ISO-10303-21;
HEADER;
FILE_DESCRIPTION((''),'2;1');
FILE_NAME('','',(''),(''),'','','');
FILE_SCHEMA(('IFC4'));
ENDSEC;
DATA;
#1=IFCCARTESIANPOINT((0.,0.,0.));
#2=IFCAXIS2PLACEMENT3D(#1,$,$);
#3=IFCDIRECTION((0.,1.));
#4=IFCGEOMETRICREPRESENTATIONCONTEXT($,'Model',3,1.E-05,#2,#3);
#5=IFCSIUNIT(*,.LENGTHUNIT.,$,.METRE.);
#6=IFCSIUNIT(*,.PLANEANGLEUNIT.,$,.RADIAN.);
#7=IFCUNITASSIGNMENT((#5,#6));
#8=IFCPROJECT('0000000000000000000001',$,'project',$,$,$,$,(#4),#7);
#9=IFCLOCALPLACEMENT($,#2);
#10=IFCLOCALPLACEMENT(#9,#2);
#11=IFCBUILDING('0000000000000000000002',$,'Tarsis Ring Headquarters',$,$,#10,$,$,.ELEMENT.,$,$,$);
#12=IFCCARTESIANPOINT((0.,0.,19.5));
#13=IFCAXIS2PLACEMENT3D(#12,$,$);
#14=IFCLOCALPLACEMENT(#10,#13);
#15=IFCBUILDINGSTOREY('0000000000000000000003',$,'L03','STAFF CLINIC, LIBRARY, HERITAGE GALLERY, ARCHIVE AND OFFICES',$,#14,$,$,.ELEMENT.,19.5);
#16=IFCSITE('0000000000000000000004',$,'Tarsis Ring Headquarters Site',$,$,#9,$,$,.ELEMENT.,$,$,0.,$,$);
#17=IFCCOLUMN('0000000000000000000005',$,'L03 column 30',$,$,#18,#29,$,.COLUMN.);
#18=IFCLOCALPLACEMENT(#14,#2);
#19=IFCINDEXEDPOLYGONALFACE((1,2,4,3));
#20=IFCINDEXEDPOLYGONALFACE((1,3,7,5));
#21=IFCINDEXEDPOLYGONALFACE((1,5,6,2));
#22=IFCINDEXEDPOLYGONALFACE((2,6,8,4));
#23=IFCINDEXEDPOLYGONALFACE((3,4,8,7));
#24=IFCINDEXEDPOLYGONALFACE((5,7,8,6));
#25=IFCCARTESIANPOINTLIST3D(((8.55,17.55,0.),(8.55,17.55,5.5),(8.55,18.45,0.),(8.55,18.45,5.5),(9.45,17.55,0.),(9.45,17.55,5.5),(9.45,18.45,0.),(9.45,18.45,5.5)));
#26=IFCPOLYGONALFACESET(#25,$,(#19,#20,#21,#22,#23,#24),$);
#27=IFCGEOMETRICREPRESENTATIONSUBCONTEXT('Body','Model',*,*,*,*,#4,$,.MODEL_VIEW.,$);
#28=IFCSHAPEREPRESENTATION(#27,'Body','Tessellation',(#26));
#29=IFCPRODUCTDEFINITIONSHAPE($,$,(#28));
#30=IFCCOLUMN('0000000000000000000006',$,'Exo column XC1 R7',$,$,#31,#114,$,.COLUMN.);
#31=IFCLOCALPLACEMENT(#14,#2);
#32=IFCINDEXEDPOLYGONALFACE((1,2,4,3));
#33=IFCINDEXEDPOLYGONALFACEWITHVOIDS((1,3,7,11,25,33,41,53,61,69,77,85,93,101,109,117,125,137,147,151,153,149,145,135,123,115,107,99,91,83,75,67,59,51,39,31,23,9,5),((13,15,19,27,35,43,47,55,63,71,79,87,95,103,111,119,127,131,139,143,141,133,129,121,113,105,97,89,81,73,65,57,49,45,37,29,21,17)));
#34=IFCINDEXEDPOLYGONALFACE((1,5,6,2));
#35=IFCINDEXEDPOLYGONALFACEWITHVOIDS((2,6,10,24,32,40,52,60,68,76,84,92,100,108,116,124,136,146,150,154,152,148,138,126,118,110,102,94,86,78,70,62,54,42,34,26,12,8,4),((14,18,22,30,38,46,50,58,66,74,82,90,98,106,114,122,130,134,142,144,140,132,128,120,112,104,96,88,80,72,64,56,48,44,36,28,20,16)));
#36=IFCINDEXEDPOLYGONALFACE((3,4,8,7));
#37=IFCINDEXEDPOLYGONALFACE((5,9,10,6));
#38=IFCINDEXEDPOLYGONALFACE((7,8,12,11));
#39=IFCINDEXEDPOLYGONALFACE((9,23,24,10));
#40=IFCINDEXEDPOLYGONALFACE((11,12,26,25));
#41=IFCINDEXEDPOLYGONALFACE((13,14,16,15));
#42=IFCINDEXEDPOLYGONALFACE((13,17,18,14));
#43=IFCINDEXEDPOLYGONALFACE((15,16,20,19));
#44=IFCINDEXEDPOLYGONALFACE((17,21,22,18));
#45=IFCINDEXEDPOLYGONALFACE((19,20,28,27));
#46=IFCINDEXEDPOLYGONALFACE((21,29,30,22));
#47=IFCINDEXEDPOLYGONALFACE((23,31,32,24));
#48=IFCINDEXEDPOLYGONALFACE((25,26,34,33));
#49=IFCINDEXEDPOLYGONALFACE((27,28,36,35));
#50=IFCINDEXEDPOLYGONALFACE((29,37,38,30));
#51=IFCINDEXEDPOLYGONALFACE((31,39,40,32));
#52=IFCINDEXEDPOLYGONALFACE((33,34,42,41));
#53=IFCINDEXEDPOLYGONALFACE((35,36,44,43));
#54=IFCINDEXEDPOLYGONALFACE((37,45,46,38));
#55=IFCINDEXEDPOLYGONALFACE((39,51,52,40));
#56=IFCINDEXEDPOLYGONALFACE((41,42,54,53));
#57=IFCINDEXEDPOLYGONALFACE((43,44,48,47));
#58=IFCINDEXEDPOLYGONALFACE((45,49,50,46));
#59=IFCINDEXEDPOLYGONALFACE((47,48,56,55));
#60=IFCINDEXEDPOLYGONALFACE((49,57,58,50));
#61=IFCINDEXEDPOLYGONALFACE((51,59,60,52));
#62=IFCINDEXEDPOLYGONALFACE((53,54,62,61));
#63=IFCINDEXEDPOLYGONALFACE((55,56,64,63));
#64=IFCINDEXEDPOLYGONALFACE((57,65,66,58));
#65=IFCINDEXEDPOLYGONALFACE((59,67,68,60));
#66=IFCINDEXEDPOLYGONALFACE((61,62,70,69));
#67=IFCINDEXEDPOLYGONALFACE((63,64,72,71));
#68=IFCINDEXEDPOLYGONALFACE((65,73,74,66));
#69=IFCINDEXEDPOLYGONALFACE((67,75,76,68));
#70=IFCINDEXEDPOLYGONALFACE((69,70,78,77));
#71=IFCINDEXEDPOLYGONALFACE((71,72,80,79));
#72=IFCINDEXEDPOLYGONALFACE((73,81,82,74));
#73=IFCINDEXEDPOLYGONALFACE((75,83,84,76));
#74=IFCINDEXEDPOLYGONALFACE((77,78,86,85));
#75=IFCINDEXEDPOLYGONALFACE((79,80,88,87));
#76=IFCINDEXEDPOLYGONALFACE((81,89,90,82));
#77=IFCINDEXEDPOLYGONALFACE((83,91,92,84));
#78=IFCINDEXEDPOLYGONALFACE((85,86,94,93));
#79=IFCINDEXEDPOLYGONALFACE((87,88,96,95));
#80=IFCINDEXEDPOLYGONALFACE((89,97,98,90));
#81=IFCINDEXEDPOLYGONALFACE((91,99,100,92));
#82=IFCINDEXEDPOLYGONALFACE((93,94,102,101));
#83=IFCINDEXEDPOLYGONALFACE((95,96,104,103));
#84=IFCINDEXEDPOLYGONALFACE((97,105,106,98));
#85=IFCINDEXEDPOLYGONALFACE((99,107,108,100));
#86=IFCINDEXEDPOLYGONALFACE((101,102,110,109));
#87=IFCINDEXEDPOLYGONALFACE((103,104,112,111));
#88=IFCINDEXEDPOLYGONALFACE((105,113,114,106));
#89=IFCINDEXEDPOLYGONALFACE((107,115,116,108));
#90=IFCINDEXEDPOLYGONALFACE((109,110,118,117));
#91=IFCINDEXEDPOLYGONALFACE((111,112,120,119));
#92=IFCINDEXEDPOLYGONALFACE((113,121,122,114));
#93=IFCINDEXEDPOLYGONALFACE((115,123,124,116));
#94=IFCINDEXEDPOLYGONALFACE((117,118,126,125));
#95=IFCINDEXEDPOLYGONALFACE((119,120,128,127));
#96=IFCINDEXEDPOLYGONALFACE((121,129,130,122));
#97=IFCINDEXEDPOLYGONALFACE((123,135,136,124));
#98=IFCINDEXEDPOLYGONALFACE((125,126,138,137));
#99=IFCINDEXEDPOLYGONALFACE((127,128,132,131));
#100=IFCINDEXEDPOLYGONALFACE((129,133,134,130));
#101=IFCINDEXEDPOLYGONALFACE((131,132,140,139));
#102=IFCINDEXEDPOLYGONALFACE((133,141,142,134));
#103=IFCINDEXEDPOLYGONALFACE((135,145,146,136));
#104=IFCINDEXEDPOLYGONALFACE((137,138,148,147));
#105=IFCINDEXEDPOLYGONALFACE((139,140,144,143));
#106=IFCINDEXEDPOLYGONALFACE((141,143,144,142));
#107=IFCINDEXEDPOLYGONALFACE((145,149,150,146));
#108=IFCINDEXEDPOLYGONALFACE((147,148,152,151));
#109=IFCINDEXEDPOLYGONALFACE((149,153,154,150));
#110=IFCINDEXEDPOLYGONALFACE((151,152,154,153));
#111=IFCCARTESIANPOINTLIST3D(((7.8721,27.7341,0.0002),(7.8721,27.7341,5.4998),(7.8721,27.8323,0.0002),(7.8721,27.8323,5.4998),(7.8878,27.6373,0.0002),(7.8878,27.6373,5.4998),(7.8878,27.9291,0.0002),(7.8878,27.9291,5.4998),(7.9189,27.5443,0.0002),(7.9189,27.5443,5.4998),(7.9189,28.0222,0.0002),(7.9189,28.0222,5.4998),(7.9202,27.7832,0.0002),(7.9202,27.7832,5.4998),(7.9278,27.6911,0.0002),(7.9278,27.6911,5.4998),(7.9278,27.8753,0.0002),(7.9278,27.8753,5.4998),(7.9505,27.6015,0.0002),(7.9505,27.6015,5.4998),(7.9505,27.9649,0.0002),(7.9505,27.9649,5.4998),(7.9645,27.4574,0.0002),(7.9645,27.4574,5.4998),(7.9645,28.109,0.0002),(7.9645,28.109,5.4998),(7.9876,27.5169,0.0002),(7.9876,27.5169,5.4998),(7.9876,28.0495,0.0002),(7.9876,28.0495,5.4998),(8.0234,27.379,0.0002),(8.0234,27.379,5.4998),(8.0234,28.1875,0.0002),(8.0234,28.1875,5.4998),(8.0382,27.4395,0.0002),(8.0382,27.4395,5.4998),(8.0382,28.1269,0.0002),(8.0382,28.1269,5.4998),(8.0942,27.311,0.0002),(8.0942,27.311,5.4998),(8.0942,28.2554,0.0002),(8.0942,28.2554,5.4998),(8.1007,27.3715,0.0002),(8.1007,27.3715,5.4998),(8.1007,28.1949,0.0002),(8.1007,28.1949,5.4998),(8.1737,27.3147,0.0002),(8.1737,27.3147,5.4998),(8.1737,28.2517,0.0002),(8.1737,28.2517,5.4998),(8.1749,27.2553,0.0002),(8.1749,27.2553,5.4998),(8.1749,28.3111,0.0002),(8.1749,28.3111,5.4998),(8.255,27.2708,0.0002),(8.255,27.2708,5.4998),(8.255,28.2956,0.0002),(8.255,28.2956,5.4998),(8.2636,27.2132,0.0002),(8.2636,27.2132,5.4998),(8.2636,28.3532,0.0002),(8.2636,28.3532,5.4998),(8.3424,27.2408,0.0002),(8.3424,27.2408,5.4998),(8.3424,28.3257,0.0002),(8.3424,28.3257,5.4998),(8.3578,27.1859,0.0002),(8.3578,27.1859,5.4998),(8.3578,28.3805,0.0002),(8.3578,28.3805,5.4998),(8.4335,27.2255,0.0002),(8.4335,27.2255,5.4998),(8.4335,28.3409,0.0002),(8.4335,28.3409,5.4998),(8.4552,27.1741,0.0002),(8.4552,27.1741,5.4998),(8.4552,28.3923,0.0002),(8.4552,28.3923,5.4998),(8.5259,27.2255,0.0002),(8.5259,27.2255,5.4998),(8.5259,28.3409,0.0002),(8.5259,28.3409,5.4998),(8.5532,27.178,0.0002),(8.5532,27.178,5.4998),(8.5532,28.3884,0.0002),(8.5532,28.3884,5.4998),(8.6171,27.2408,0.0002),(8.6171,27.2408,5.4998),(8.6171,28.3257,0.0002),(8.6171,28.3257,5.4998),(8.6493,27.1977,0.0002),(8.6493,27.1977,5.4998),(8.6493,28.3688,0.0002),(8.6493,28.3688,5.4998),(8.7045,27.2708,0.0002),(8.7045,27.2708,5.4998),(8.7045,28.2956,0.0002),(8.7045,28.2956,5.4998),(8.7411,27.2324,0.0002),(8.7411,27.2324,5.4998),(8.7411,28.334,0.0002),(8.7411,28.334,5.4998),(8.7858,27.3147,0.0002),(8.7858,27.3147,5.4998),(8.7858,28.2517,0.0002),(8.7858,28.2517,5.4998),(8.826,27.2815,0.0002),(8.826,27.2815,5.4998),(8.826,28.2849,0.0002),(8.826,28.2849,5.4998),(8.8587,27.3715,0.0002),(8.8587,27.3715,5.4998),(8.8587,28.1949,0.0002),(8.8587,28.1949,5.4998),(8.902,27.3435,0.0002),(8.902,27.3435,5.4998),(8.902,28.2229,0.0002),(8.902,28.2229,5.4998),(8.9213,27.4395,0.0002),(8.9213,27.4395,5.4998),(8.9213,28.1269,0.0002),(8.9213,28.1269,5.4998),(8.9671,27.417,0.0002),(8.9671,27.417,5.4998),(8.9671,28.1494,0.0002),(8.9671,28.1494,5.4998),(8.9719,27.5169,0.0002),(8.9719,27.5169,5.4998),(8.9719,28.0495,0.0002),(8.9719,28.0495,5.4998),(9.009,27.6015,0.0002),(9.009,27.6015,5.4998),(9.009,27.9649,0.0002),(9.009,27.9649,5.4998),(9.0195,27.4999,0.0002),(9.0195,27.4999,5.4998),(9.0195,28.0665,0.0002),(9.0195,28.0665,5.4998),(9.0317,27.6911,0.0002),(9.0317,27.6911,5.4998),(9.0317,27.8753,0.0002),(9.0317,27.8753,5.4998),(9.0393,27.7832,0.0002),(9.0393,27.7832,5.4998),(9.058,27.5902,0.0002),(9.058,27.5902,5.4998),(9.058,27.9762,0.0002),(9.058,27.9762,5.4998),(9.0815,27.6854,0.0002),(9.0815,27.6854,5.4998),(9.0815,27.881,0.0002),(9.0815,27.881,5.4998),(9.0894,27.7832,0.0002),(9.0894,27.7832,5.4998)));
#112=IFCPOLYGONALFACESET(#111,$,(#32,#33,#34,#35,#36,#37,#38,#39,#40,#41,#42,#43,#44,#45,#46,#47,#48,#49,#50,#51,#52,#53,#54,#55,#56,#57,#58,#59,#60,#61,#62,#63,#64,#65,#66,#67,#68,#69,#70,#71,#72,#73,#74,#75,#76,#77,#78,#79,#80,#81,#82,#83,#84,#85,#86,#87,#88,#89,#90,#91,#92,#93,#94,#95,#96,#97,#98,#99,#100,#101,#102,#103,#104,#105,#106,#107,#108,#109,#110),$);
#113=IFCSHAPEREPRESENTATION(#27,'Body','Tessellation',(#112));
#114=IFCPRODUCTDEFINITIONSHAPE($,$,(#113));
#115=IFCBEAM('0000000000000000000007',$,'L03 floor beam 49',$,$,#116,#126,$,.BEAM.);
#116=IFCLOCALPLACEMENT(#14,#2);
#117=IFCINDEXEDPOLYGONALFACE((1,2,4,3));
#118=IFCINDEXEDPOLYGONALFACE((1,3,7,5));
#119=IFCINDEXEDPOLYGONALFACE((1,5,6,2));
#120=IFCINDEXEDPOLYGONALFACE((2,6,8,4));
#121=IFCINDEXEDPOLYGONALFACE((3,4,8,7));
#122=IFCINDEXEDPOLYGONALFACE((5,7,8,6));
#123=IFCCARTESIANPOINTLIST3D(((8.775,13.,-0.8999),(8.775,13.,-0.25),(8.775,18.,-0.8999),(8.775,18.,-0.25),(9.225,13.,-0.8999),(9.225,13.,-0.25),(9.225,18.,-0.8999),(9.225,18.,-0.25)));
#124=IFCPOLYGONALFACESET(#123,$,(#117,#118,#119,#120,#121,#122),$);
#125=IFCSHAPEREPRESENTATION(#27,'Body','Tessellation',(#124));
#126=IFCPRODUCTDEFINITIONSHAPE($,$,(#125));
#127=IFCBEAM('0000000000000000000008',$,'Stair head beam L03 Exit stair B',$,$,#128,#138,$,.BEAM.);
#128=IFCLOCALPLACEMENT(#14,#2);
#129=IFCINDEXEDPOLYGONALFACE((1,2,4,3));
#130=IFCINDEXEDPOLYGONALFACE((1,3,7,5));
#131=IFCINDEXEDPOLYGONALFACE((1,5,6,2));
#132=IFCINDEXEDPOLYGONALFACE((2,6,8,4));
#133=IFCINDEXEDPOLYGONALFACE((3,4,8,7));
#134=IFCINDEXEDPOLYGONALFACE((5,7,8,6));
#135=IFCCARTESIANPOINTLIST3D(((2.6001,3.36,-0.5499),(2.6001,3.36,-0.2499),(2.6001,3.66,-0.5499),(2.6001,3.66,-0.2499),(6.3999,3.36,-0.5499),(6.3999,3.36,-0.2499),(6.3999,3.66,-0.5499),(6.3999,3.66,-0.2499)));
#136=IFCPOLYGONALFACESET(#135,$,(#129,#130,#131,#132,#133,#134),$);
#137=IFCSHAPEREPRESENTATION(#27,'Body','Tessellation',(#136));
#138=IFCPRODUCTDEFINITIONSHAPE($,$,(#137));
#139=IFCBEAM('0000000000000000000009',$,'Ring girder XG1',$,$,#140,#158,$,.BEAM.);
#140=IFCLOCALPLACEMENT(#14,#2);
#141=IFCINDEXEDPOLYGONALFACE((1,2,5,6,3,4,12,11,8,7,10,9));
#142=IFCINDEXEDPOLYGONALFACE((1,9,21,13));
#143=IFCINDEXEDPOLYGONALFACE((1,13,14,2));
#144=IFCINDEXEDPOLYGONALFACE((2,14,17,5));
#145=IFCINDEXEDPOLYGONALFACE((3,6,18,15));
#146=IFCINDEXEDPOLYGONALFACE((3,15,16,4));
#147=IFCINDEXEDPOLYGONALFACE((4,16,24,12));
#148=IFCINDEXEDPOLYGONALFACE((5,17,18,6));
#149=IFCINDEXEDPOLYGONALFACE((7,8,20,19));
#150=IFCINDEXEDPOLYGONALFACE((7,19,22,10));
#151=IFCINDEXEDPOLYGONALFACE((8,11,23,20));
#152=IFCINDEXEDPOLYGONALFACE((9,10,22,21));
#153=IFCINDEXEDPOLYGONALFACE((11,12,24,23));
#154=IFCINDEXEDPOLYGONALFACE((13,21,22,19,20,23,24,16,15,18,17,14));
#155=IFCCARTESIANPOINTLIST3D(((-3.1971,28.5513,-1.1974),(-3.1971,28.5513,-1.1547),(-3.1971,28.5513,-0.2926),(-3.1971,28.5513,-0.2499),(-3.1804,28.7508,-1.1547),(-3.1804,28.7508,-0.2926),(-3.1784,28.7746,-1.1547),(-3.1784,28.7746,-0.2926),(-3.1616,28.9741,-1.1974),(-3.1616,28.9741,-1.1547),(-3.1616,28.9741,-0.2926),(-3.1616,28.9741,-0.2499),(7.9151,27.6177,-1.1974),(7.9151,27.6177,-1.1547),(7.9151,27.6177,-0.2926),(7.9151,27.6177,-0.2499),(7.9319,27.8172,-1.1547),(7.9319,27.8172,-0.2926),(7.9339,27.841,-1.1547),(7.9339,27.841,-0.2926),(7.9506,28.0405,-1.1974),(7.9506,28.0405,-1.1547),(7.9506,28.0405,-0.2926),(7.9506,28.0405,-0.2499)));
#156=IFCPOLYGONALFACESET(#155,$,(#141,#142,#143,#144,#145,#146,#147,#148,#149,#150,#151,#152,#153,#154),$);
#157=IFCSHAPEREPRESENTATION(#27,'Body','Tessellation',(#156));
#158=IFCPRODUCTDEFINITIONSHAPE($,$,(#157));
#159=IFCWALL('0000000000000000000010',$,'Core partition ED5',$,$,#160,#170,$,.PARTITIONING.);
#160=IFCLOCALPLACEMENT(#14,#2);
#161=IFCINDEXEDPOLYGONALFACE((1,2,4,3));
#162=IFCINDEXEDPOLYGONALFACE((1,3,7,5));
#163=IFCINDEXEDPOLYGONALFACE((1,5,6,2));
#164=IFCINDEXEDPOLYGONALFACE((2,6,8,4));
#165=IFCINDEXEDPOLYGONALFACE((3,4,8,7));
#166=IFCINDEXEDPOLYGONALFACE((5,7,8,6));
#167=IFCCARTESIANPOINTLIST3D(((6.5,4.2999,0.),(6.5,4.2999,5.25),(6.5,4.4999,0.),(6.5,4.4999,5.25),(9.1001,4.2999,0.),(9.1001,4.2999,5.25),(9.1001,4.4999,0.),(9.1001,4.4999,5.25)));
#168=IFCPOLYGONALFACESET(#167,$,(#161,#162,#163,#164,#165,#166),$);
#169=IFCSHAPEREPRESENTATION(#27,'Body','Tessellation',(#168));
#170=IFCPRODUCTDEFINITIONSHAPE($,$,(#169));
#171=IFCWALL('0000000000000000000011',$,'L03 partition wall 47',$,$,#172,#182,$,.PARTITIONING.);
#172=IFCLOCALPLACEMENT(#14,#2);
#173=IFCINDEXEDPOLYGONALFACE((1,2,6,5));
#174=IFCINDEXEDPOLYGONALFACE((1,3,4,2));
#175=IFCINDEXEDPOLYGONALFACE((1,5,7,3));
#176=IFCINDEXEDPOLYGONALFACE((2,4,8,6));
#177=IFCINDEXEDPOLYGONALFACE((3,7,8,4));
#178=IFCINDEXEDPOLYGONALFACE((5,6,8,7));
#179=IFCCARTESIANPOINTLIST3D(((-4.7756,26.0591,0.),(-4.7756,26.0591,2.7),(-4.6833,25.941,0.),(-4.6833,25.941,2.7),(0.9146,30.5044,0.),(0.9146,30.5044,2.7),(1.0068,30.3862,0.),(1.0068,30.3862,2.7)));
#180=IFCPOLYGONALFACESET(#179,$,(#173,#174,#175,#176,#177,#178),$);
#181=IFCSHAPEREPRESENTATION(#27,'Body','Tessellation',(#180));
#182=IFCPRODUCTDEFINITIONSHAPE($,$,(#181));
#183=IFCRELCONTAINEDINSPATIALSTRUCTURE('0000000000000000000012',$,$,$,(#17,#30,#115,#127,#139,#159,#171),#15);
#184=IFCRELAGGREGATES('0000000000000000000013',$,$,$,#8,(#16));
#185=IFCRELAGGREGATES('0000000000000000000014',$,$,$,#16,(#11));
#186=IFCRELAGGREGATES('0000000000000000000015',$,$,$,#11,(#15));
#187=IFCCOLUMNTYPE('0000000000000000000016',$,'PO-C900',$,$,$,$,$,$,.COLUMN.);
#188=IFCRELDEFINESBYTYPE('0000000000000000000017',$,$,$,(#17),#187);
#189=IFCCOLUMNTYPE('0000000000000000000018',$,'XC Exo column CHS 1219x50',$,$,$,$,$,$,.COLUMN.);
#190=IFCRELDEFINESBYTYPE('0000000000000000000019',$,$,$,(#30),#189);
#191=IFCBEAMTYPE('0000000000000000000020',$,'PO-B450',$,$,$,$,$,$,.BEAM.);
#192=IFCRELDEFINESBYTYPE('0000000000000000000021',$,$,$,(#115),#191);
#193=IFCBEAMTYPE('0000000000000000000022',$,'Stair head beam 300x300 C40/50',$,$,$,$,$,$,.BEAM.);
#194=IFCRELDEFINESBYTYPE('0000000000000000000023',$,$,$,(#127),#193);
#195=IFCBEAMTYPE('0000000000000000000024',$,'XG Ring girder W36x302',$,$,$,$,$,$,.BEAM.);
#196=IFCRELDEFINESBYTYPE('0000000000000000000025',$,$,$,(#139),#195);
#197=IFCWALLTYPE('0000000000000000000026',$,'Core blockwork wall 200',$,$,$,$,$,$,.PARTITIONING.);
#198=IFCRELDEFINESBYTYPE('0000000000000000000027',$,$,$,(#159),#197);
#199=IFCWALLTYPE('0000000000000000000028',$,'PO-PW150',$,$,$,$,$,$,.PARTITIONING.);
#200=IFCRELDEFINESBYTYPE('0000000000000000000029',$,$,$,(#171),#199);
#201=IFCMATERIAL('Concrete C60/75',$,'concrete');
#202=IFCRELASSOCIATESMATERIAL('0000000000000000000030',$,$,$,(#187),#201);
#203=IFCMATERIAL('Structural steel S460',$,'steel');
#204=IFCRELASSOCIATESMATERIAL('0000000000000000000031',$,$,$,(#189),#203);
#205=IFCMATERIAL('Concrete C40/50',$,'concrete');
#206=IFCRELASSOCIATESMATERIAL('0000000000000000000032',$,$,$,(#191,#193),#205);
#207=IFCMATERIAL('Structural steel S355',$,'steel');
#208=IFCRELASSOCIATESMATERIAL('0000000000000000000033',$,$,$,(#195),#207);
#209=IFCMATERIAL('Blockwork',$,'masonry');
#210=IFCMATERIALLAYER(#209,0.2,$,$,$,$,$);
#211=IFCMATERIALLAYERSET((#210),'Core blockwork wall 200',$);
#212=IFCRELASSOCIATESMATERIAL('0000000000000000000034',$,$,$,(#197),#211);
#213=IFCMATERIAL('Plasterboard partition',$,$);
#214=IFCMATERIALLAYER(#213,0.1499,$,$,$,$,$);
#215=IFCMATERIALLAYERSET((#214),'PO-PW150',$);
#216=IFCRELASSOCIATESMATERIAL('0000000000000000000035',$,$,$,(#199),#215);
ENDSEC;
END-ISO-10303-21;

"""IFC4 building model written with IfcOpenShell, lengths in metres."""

from ifc_helpers import new_model, si_unit, direction, frame, frame_2d, origin, origin_2d, place, context, subcontext, project, spatial, rectangle, hollow_circle, i_section, extrude, material, layer, layer_set, material_profile, profile_set, type_object, element, save


model = new_model("IFC4")

# Units and contexts
model_context = context("Model", 3, precision=1e-05, world=origin(), true_north=direction((0.0, 1.0)))
body_context = subcontext(model_context, "Body", "Model", "MODEL_VIEW")
ifc_project = project(units=[si_unit("LENGTHUNIT", "METRE"), si_unit("PLANEANGLEUNIT", "RADIAN")], contexts=[model_context])

# Site, building, storey
site_placement = place(None, origin())
site = spatial("IfcSite", under=ifc_project, at=site_placement, Name="Tarsis Ring Headquarters Site", CompositionType="ELEMENT", RefElevation=0.0)
building_placement = place(site_placement, origin())
building = spatial("IfcBuilding", under=site, at=building_placement, Name="Tarsis Ring Headquarters", CompositionType="ELEMENT")
storey_placement = place(building_placement, frame((0.0, 0.0, 19.5)))
storey = spatial("IfcBuildingStorey", under=building, at=storey_placement, Name="L03", Description="STAFF CLINIC, LIBRARY, HERITAGE GALLERY, ARCHIVE AND OFFICES", CompositionType="ELEMENT", Elevation=19.5)

# Columns
ifc_material_1 = material(Name="Concrete C60/75", Category="concrete")
ifc_material_profile_1 = material_profile(ifc_material_1, rectangle(XDim=0.8999, YDim=0.8999, at=origin_2d()), Name="PO-C900")
ifc_profile_set_1 = profile_set([ifc_material_profile_1], Name="Concrete C60/75")
column_type_1 = type_object("IfcColumnType", Name="PO-C900", PredefinedType="COLUMN", material=ifc_profile_set_1)
column_1_placement = place(storey_placement, frame((9.0, 18.0, 0.0), z_axis=(0.0, 0.0, 1.0), x_axis=(1.0, 0.0, 0.0)))
element("IfcColumn", 1, at=column_1_placement, inside=storey, type_object=column_type_1, Name="L03 column 30", PredefinedType="COLUMN", context=body_context, shape_type="SweptSolid", body=[
    extrude(rectangle(XDim=0.8999, YDim=0.8999, at=origin_2d()), origin(), (0.0, 0.0, 1.0), 5.5),
])
ifc_material_2 = material(Name="Structural steel S460", Category="steel")
ifc_material_profile_2 = material_profile(ifc_material_2, hollow_circle(Radius=0.6096, WallThickness=0.05, at=origin_2d()), Name="CHS 1219x50")
ifc_profile_set_2 = profile_set([ifc_material_profile_2], Name="Structural steel S460")
column_type_2 = type_object("IfcColumnType", Name="XC Exo column CHS 1219x50", PredefinedType="COLUMN", material=ifc_profile_set_2)
column_2_placement = place(storey_placement, frame((8.4797, 27.7832, 0.0002), z_axis=(0.0, 0.0, 1.0), x_axis=(1.0, 0.0, 0.0)))
element("IfcColumn", 2, at=column_2_placement, inside=storey, type_object=column_type_2, Name="Exo column XC1 R7", PredefinedType="COLUMN", context=body_context, shape_type="SweptSolid", body=[
    extrude(hollow_circle(Radius=0.6096, WallThickness=0.05, at=origin_2d()), origin(), (0.0, 0.0, 1.0), 5.4995),
])

# Beams
ifc_material_3 = material(Name="Concrete C40/50", Category="concrete")
ifc_material_profile_3 = material_profile(ifc_material_3, rectangle(XDim=0.45, YDim=0.6499, at=origin_2d()), Name="PO-B450")
ifc_profile_set_3 = profile_set([ifc_material_profile_3], Name="Concrete C40/50")
beam_type_1 = type_object("IfcBeamType", Name="PO-B450", PredefinedType="BEAM", material=ifc_profile_set_3)
beam_1_placement = place(storey_placement, frame((9.0, 13.0, -0.575), z_axis=(0.0, 1.0, 0.0), x_axis=(-1.0, 0.0, 0.0)))
element("IfcBeam", 3, at=beam_1_placement, inside=storey, type_object=beam_type_1, Name="L03 floor beam 49", PredefinedType="BEAM", context=body_context, shape_type="SweptSolid", body=[
    extrude(rectangle(XDim=0.45, YDim=0.6499, at=origin_2d()), origin(), (0.0, 0.0, 1.0), 5.0),
])
ifc_material_profile_4 = material_profile(ifc_material_3, rectangle(XDim=0.3, YDim=0.3, at=origin_2d()), Name="Stair head beam 300x300 C40/50")
ifc_profile_set_4 = profile_set([ifc_material_profile_4], Name="Concrete C40/50")
beam_type_2 = type_object("IfcBeamType", Name="Stair head beam 300x300 C40/50", PredefinedType="BEAM", material=ifc_profile_set_4)
beam_2_placement = place(storey_placement, frame((2.6001, 3.51, -0.3999), z_axis=(1.0, 0.0, 0.0), x_axis=(0.0, 1.0, 0.0)))
element("IfcBeam", 4, at=beam_2_placement, inside=storey, type_object=beam_type_2, Name="Stair head beam L03 Exit stair B", PredefinedType="BEAM", context=body_context, shape_type="SweptSolid", body=[
    extrude(rectangle(XDim=0.3, YDim=0.3, at=origin_2d()), origin(), (0.0, 0.0, 1.0), 3.7998),
])
ifc_material_4 = material(Name="Structural steel S355", Category="steel")
ifc_material_profile_5 = material_profile(ifc_material_4, i_section(OverallWidth=0.4243, OverallDepth=0.9475, WebThickness=0.0239, FlangeThickness=0.0427, at=origin_2d()), Name="W36x302")
ifc_profile_set_5 = profile_set([ifc_material_profile_5], Name="Structural steel S355")
beam_type_3 = type_object("IfcBeamType", Name="XG Ring girder W36x302", PredefinedType="BEAM", material=ifc_profile_set_5)
beam_3_placement = place(storey_placement, frame((7.9329, 27.8291, -0.7236), z_axis=(-0.996489, 0.083719, 0.0), x_axis=(-0.083719, -0.996489, 0.0)))
element("IfcBeam", 5, at=beam_3_placement, inside=storey, type_object=beam_type_3, Name="Ring girder XG1", PredefinedType="BEAM", context=body_context, shape_type="SweptSolid", body=[
    extrude(i_section(OverallWidth=0.4243, OverallDepth=0.9475, WebThickness=0.0239, FlangeThickness=0.0427, at=origin_2d()), origin(), (0.0, 0.0, 1.0), 11.1514),
])

# Walls
ifc_material_5 = material(Name="Blockwork", Category="masonry")
ifc_layer_1 = layer(ifc_material_5, 0.2)
ifc_layer_set_1 = layer_set([ifc_layer_1], Name="Core blockwork wall 200")
wall_type_1 = type_object("IfcWallType", Name="Core blockwork wall 200", PredefinedType="PARTITIONING", material=ifc_layer_set_1)
wall_1_placement = place(storey_placement, frame((6.5, 4.3999, 0.0), z_axis=(0.0, 0.0, 1.0), x_axis=(1.0, 0.0, 0.0)))
element("IfcWall", 6, at=wall_1_placement, inside=storey, type_object=wall_type_1, Name="Core partition ED5", PredefinedType="PARTITIONING", context=body_context, shape_type="SweptSolid", body=[
    extrude(rectangle(XDim=2.6001, YDim=0.2, at=frame_2d((1.3, 0.0))), origin(), (0.0, 0.0, 1.0), 5.25),
])
ifc_material_6 = material(Name="Plasterboard partition")
ifc_layer_2 = layer(ifc_material_6, 0.1499)
ifc_layer_set_2 = layer_set([ifc_layer_2], Name="PO-PW150")
wall_type_2 = type_object("IfcWallType", Name="PO-PW150", PredefinedType="PARTITIONING", material=ifc_layer_set_2)
wall_2_placement = place(storey_placement, frame((0.9607, 30.4453, 0.0), z_axis=(0.0, 0.0, 1.0), x_axis=(-0.788034, -0.615632, 0.0)))
element("IfcWall", 7, at=wall_2_placement, inside=storey, type_object=wall_type_2, Name="L03 partition wall 47", PredefinedType="PARTITIONING", context=body_context, shape_type="SweptSolid", body=[
    extrude(rectangle(XDim=7.2207, YDim=0.1499, at=frame_2d((3.6104, 0.0))), origin(), (0.0, 0.0, 1.0), 2.7),
])

save(model, "model.ifc")
